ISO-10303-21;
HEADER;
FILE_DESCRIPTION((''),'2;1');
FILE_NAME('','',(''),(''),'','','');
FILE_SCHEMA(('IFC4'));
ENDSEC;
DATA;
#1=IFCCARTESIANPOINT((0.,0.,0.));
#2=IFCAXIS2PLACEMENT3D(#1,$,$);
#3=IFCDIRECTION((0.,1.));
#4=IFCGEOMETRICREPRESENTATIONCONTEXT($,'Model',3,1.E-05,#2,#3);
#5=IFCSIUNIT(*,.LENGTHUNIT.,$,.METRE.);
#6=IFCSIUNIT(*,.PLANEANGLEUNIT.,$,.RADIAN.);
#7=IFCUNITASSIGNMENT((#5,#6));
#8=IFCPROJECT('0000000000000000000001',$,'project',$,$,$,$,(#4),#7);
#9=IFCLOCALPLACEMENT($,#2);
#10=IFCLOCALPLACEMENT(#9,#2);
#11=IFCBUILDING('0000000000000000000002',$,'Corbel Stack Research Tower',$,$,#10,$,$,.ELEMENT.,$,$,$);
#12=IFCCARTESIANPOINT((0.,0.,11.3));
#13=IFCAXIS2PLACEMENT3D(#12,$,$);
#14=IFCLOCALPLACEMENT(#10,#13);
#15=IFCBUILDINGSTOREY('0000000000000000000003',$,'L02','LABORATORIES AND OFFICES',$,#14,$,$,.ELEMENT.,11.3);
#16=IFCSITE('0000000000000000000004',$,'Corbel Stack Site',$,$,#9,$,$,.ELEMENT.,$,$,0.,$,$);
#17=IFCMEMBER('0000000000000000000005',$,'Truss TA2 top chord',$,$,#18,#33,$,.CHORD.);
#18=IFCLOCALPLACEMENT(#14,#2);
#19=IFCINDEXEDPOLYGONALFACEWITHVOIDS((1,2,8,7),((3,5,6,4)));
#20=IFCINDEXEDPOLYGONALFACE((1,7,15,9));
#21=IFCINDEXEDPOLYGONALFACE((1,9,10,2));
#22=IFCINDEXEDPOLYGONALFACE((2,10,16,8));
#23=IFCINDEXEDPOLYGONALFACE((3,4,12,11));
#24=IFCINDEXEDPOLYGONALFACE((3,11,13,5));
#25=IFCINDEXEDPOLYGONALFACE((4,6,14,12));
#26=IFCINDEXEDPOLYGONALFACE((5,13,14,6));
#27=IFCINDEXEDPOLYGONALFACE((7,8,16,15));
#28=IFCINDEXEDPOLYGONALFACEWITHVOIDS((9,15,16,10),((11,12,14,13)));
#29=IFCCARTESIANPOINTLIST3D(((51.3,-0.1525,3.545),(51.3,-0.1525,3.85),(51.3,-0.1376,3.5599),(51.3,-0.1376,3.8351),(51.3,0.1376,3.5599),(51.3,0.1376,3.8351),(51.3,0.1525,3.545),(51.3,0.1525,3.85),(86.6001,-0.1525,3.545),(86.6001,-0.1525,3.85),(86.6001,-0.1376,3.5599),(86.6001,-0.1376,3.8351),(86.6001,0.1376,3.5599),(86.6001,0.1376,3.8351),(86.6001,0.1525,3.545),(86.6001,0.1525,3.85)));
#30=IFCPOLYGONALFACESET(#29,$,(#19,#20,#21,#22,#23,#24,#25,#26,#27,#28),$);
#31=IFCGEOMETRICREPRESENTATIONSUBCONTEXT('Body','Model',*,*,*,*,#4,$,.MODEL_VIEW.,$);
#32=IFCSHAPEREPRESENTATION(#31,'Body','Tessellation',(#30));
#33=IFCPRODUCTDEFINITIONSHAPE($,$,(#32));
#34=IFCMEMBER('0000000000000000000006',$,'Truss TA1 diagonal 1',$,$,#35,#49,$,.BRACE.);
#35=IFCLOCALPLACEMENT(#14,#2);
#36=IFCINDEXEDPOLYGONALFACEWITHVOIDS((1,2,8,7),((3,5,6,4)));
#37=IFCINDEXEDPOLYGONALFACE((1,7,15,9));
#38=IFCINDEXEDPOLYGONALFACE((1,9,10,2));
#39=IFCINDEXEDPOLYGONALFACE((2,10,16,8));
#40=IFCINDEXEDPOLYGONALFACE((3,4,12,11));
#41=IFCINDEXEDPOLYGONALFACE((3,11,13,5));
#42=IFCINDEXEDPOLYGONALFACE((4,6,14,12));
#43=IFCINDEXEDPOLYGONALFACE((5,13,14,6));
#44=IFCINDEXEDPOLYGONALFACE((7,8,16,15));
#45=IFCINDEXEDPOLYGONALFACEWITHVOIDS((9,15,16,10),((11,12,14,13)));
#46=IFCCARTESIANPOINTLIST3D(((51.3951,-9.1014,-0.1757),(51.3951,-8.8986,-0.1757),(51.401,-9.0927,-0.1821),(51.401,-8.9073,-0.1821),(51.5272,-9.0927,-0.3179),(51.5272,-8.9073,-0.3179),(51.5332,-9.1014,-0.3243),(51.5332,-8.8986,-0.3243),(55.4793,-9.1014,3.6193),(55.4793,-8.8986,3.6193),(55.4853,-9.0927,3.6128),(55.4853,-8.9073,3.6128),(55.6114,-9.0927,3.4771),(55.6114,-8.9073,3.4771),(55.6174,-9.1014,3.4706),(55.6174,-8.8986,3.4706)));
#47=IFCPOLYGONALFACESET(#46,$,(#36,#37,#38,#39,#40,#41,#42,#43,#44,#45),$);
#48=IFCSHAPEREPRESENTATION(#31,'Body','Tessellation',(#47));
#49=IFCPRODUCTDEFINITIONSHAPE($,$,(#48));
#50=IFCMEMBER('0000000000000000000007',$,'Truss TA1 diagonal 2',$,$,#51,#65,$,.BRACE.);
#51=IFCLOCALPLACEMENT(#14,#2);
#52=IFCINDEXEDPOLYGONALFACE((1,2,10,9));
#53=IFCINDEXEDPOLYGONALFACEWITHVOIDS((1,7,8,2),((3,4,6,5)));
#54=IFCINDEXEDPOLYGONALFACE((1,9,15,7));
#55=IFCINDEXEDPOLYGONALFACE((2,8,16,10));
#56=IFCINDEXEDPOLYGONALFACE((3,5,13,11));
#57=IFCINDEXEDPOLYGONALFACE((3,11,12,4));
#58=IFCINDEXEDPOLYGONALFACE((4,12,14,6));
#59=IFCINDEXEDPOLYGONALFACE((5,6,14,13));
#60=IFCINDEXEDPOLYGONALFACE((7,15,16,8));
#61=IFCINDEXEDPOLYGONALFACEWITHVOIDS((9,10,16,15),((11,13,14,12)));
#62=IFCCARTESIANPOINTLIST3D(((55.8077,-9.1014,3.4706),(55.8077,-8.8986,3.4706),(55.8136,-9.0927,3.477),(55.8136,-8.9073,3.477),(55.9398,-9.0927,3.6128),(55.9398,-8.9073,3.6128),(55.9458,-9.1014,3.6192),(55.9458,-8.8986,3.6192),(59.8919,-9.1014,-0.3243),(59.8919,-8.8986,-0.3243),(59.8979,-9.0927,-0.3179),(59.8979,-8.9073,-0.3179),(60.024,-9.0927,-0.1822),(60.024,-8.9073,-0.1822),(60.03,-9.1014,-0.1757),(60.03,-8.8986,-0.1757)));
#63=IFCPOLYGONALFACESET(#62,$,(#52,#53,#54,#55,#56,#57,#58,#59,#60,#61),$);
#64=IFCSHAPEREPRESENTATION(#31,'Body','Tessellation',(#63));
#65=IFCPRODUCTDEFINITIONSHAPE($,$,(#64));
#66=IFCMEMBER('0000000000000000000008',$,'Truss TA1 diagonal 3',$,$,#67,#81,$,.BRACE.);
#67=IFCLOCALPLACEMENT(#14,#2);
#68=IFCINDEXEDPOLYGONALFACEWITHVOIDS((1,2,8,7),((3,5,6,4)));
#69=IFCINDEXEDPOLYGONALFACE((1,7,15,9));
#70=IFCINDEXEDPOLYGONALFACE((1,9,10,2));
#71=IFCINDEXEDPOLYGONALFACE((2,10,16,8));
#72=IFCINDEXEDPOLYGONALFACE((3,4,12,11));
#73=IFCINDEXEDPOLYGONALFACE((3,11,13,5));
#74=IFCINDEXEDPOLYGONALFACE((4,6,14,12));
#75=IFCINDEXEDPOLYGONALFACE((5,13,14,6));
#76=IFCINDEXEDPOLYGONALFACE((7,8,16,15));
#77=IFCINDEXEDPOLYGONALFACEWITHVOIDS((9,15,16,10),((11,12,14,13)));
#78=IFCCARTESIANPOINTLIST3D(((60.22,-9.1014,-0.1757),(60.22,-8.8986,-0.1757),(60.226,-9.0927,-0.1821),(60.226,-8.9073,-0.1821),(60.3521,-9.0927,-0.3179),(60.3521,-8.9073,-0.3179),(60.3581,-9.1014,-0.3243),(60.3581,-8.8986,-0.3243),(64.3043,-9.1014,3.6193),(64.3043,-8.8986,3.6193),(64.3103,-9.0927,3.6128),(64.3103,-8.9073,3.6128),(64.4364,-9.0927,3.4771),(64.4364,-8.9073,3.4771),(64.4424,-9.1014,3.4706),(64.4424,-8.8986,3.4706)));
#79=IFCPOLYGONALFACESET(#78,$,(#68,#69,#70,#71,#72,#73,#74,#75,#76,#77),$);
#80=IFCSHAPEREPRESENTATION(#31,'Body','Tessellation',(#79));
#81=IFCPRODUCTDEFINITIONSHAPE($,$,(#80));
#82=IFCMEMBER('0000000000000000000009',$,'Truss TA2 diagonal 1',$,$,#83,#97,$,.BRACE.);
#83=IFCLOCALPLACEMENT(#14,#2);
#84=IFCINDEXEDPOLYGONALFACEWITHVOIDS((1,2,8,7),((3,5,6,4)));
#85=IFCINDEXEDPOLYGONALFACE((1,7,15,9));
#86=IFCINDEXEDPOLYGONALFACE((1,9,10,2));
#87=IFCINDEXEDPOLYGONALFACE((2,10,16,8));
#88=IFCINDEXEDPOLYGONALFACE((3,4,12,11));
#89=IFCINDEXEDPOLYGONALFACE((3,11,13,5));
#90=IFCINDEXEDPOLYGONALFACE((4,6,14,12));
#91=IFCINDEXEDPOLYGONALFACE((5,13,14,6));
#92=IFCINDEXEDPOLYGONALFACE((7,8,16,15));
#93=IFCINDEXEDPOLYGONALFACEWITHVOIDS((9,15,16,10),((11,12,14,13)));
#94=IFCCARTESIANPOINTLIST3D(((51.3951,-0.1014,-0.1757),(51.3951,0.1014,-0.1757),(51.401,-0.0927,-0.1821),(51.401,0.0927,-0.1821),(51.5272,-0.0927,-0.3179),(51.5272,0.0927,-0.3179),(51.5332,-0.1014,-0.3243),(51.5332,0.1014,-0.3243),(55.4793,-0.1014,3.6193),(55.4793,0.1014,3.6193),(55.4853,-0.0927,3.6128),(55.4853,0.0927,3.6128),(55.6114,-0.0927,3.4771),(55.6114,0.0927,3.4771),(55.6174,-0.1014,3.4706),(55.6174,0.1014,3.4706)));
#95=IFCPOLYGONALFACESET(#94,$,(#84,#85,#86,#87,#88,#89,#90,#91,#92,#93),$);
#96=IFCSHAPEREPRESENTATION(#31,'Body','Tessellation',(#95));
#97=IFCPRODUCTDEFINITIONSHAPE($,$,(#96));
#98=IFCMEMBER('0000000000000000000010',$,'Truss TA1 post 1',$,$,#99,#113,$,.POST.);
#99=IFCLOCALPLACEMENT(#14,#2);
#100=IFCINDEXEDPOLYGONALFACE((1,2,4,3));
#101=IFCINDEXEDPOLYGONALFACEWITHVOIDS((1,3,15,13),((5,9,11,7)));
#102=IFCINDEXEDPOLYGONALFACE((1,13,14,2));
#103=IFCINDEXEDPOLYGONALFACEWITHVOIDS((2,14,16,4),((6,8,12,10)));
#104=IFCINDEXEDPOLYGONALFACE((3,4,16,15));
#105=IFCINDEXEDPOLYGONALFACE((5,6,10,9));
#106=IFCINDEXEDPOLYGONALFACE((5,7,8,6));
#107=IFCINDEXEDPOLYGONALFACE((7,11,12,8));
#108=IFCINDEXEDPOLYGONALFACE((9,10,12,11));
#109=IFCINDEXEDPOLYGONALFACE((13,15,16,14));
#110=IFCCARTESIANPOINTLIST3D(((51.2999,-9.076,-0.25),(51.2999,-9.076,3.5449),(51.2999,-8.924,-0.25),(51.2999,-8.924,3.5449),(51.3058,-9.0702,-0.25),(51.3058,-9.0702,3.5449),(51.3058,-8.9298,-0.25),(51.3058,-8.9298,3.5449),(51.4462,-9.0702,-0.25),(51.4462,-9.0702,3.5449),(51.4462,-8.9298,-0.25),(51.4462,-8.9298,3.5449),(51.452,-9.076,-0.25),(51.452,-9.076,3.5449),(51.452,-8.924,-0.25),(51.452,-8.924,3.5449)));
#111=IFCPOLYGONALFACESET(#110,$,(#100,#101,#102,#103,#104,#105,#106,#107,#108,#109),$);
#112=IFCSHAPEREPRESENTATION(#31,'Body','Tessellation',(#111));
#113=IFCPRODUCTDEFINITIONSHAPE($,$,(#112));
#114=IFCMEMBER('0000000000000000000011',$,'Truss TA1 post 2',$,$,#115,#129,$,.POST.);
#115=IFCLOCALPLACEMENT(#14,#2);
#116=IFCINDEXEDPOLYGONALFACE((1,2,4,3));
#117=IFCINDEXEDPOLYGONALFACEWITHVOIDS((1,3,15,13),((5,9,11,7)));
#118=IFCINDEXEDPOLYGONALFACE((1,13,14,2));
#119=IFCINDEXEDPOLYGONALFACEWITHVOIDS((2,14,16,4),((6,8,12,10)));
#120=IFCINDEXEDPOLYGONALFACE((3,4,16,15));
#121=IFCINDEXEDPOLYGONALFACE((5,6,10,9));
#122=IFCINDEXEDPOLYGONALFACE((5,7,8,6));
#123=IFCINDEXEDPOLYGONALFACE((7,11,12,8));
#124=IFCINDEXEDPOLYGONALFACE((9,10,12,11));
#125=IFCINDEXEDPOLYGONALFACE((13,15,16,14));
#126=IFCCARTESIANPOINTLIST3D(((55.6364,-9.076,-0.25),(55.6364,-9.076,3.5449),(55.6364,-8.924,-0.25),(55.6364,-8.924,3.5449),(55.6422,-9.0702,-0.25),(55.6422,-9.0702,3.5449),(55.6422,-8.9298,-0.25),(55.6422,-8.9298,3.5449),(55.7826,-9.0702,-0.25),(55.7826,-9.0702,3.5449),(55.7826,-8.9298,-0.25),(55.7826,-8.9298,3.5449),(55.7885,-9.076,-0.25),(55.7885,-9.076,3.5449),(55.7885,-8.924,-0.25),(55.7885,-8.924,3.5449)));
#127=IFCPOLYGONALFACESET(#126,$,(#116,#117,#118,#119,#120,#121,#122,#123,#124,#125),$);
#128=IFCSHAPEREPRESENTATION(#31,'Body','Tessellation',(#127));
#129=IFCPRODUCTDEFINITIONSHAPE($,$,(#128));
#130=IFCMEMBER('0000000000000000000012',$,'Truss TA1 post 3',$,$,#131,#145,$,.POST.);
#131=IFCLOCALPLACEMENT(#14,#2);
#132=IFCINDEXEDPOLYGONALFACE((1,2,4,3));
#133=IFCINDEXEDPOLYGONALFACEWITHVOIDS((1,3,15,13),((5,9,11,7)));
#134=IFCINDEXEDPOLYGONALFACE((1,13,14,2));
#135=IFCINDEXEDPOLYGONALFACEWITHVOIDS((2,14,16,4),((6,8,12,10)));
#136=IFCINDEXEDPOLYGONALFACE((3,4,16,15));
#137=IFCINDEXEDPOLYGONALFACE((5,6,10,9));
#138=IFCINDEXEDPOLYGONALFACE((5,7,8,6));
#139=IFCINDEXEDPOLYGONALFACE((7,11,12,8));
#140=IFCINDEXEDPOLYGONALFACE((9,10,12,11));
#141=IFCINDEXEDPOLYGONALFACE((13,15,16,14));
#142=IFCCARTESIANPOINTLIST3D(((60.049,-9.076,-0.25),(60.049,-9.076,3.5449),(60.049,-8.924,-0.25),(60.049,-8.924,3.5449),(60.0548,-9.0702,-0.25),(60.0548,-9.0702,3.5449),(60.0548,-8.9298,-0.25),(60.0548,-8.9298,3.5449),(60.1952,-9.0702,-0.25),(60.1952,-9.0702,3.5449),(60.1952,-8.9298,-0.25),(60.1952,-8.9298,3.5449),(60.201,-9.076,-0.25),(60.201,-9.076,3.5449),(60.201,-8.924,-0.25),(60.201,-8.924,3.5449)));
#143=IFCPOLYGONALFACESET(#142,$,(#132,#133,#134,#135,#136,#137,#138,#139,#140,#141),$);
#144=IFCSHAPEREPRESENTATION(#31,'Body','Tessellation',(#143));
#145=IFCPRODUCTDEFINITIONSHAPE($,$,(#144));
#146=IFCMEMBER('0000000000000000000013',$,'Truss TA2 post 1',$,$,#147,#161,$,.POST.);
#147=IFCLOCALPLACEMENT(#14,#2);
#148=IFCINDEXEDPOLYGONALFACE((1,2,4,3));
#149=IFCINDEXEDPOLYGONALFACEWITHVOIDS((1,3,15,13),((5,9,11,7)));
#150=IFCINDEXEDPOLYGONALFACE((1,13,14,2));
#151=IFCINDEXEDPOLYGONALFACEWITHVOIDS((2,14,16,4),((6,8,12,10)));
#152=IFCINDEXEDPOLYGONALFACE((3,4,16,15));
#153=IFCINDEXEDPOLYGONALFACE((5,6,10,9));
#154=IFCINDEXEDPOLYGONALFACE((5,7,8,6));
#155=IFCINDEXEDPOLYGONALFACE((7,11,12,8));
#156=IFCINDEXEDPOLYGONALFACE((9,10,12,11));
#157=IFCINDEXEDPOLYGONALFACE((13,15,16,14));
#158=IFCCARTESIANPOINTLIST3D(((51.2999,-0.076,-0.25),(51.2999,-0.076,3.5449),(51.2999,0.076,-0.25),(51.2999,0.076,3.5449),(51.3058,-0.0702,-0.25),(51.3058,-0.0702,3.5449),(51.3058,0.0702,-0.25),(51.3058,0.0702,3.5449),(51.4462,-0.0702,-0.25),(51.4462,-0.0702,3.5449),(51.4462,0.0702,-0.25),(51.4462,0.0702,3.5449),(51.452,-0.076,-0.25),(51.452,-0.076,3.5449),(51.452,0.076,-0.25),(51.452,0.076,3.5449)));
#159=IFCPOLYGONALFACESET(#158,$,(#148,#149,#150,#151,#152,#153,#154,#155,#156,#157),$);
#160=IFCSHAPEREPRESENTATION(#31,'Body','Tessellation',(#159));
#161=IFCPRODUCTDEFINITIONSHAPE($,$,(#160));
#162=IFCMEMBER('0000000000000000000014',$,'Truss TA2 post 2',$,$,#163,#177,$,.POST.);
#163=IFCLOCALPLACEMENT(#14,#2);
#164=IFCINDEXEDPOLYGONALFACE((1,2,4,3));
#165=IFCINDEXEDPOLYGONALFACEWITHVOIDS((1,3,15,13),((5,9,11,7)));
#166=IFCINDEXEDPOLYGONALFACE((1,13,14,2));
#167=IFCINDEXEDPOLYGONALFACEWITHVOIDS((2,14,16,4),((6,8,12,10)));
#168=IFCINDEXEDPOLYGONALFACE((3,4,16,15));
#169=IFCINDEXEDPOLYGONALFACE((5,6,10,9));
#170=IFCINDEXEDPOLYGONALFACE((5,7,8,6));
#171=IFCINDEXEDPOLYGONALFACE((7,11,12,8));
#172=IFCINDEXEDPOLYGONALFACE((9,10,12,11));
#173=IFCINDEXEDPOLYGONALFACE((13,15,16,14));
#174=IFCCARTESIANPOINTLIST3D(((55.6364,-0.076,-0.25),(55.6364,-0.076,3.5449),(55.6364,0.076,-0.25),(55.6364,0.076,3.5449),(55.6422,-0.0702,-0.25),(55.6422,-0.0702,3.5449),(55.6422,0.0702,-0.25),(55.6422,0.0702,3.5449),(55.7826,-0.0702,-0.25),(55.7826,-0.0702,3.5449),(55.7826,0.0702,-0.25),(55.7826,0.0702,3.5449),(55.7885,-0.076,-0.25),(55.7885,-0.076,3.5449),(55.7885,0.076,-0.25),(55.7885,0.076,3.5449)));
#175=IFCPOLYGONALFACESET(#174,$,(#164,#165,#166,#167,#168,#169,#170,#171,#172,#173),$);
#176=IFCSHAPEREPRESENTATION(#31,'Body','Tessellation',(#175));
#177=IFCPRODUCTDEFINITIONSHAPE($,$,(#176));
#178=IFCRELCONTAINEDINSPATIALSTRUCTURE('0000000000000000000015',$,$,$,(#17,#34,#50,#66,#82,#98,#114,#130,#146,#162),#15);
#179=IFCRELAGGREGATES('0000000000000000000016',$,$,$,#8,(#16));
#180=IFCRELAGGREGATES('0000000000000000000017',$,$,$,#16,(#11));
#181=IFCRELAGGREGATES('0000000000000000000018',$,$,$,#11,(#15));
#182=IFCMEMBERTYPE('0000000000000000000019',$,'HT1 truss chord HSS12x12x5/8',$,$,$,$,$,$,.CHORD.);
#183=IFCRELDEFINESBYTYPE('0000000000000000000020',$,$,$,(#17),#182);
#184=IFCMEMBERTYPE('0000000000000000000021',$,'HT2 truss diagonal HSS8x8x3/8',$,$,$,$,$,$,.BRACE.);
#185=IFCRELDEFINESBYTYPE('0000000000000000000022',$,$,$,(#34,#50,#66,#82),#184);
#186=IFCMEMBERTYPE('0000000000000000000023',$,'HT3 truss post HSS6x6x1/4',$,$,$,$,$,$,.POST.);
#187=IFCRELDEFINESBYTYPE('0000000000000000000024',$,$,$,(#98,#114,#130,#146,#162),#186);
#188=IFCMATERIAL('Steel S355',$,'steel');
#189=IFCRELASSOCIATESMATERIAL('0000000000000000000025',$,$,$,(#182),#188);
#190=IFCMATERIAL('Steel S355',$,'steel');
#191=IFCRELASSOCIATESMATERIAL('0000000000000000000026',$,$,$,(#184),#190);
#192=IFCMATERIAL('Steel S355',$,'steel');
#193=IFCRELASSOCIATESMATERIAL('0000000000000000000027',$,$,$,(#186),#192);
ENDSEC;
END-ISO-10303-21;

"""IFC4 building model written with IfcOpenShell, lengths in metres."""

from ifc_helpers import new_model, si_unit, direction, frame, origin, origin_2d, place, context, subcontext, project, spatial, hollow_rectangle, extrude, material, material_profile, profile_set, type_object, element, save


model = new_model("IFC4")

# Units and contexts
model_context = context("Model", 3, precision=1e-05, world=origin(), true_north=direction((0.0, 1.0)))
body_context = subcontext(model_context, "Body", "Model", "MODEL_VIEW")
ifc_project = project(units=[si_unit("LENGTHUNIT", "METRE"), si_unit("PLANEANGLEUNIT", "RADIAN")], contexts=[model_context])

# Site, building, storey
site_placement = place(None, origin())
site = spatial("IfcSite", under=ifc_project, at=site_placement, Name="Corbel Stack Site", CompositionType="ELEMENT", RefElevation=0.0)
building_placement = place(site_placement, origin())
building = spatial("IfcBuilding", under=site, at=building_placement, Name="Corbel Stack Research Tower", CompositionType="ELEMENT")
storey_placement = place(building_placement, frame((0.0, 0.0, 11.3)))
storey = spatial("IfcBuildingStorey", under=building, at=storey_placement, Name="L02", Description="LABORATORIES AND OFFICES", CompositionType="ELEMENT", Elevation=11.3)

# Members
ifc_material_1 = material(Name="Steel S355", Category="steel")
ifc_material_profile_1 = material_profile(ifc_material_1, hollow_rectangle(XDim=0.3049, YDim=0.3049, WallThickness=0.0149, at=origin_2d()), Name="HSS12x12x5/8")
ifc_profile_set_1 = profile_set([ifc_material_profile_1], Name="Steel S355")
member_type_1 = type_object("IfcMemberType", Name="HT1 truss chord HSS12x12x5/8", PredefinedType="CHORD", material=ifc_profile_set_1)
for number, where, z_axis, x_axis, name in (
    (1, (51.3, 0.0, 3.6975), (1.0, 0.0, 0.0), (0.0, 1.0, 0.0), "Truss TA2 top chord"),
):
    element("IfcMember", number, at=place(storey_placement, frame(where, z_axis=z_axis, x_axis=x_axis)), inside=storey, type_object=member_type_1, Name=name, PredefinedType="CHORD", context=body_context, shape_type="SweptSolid", body=[
        extrude(hollow_rectangle(XDim=0.3049, YDim=0.3049, WallThickness=0.0149, at=origin_2d()), origin(), (0.0, 0.0, 1.0), 35.3),
    ])
ifc_material_2 = material(Name="Steel S355", Category="steel")
ifc_material_profile_2 = material_profile(ifc_material_2, hollow_rectangle(XDim=0.2029, YDim=0.2029, WallThickness=0.0088, at=origin_2d()), Name="HSS8x8x3/8")
ifc_profile_set_2 = profile_set([ifc_material_profile_2], Name="Steel S355")
member_type_2 = type_object("IfcMemberType", Name="HT2 truss diagonal HSS8x8x3/8", PredefinedType="BRACE", material=ifc_profile_set_2)
for number, where, z_axis, x_axis, name in (
    (2, (51.4641, -9.0, -0.25), (0.732577, 0.0, 0.680685), (0.0, 1.0, 0.0), "Truss TA1 diagonal 1"),
    (3, (55.8767, -9.0, 3.5449), (0.732577, 0.0, -0.680685), (0.0, 1.0, 0.0), "Truss TA1 diagonal 2"),
    (4, (60.2891, -9.0, -0.25), (0.732577, 0.0, 0.680685), (0.0, 1.0, 0.0), "Truss TA1 diagonal 3"),
    (5, (51.4641, 0.0, -0.25), (0.732577, 0.0, 0.680685), (0.0, 1.0, 0.0), "Truss TA2 diagonal 1"),
):
    element("IfcMember", number, at=place(storey_placement, frame(where, z_axis=z_axis, x_axis=x_axis)), inside=storey, type_object=member_type_2, Name=name, PredefinedType="BRACE", context=body_context, shape_type="SweptSolid", body=[
        extrude(hollow_rectangle(XDim=0.2029, YDim=0.2029, WallThickness=0.0088, at=origin_2d()), origin(), (0.0, 0.0, 1.0), 5.5752),
    ])
ifc_material_3 = material(Name="Steel S355", Category="steel")
ifc_material_profile_3 = material_profile(ifc_material_3, hollow_rectangle(XDim=0.1521, YDim=0.1521, WallThickness=0.0059, at=origin_2d()), Name="HSS6x6x1/4")
ifc_profile_set_3 = profile_set([ifc_material_profile_3], Name="Steel S355")
member_type_3 = type_object("IfcMemberType", Name="HT3 truss post HSS6x6x1/4", PredefinedType="POST", material=ifc_profile_set_3)
for number, where, z_axis, x_axis, name in (
    (6, (51.376, -9.0, -0.25), (0.0, 0.0, 1.0), (1.0, 0.0, 0.0), "Truss TA1 post 1"),
    (7, (55.7124, -9.0, -0.25), (0.0, 0.0, 1.0), (1.0, 0.0, 0.0), "Truss TA1 post 2"),
    (8, (60.125, -9.0, -0.25), (0.0, 0.0, 1.0), (1.0, 0.0, 0.0), "Truss TA1 post 3"),
    (9, (51.376, 0.0, -0.25), (0.0, 0.0, 1.0), (1.0, 0.0, 0.0), "Truss TA2 post 1"),
    (10, (55.7124, 0.0, -0.25), (0.0, 0.0, 1.0), (1.0, 0.0, 0.0), "Truss TA2 post 2"),
):
    element("IfcMember", number, at=place(storey_placement, frame(where, z_axis=z_axis, x_axis=x_axis)), inside=storey, type_object=member_type_3, Name=name, PredefinedType="POST", context=body_context, shape_type="SweptSolid", body=[
        extrude(hollow_rectangle(XDim=0.1521, YDim=0.1521, WallThickness=0.0059, at=origin_2d()), origin(), (0.0, 0.0, 1.0), 3.7949),
    ])

save(model, "model.ifc")
